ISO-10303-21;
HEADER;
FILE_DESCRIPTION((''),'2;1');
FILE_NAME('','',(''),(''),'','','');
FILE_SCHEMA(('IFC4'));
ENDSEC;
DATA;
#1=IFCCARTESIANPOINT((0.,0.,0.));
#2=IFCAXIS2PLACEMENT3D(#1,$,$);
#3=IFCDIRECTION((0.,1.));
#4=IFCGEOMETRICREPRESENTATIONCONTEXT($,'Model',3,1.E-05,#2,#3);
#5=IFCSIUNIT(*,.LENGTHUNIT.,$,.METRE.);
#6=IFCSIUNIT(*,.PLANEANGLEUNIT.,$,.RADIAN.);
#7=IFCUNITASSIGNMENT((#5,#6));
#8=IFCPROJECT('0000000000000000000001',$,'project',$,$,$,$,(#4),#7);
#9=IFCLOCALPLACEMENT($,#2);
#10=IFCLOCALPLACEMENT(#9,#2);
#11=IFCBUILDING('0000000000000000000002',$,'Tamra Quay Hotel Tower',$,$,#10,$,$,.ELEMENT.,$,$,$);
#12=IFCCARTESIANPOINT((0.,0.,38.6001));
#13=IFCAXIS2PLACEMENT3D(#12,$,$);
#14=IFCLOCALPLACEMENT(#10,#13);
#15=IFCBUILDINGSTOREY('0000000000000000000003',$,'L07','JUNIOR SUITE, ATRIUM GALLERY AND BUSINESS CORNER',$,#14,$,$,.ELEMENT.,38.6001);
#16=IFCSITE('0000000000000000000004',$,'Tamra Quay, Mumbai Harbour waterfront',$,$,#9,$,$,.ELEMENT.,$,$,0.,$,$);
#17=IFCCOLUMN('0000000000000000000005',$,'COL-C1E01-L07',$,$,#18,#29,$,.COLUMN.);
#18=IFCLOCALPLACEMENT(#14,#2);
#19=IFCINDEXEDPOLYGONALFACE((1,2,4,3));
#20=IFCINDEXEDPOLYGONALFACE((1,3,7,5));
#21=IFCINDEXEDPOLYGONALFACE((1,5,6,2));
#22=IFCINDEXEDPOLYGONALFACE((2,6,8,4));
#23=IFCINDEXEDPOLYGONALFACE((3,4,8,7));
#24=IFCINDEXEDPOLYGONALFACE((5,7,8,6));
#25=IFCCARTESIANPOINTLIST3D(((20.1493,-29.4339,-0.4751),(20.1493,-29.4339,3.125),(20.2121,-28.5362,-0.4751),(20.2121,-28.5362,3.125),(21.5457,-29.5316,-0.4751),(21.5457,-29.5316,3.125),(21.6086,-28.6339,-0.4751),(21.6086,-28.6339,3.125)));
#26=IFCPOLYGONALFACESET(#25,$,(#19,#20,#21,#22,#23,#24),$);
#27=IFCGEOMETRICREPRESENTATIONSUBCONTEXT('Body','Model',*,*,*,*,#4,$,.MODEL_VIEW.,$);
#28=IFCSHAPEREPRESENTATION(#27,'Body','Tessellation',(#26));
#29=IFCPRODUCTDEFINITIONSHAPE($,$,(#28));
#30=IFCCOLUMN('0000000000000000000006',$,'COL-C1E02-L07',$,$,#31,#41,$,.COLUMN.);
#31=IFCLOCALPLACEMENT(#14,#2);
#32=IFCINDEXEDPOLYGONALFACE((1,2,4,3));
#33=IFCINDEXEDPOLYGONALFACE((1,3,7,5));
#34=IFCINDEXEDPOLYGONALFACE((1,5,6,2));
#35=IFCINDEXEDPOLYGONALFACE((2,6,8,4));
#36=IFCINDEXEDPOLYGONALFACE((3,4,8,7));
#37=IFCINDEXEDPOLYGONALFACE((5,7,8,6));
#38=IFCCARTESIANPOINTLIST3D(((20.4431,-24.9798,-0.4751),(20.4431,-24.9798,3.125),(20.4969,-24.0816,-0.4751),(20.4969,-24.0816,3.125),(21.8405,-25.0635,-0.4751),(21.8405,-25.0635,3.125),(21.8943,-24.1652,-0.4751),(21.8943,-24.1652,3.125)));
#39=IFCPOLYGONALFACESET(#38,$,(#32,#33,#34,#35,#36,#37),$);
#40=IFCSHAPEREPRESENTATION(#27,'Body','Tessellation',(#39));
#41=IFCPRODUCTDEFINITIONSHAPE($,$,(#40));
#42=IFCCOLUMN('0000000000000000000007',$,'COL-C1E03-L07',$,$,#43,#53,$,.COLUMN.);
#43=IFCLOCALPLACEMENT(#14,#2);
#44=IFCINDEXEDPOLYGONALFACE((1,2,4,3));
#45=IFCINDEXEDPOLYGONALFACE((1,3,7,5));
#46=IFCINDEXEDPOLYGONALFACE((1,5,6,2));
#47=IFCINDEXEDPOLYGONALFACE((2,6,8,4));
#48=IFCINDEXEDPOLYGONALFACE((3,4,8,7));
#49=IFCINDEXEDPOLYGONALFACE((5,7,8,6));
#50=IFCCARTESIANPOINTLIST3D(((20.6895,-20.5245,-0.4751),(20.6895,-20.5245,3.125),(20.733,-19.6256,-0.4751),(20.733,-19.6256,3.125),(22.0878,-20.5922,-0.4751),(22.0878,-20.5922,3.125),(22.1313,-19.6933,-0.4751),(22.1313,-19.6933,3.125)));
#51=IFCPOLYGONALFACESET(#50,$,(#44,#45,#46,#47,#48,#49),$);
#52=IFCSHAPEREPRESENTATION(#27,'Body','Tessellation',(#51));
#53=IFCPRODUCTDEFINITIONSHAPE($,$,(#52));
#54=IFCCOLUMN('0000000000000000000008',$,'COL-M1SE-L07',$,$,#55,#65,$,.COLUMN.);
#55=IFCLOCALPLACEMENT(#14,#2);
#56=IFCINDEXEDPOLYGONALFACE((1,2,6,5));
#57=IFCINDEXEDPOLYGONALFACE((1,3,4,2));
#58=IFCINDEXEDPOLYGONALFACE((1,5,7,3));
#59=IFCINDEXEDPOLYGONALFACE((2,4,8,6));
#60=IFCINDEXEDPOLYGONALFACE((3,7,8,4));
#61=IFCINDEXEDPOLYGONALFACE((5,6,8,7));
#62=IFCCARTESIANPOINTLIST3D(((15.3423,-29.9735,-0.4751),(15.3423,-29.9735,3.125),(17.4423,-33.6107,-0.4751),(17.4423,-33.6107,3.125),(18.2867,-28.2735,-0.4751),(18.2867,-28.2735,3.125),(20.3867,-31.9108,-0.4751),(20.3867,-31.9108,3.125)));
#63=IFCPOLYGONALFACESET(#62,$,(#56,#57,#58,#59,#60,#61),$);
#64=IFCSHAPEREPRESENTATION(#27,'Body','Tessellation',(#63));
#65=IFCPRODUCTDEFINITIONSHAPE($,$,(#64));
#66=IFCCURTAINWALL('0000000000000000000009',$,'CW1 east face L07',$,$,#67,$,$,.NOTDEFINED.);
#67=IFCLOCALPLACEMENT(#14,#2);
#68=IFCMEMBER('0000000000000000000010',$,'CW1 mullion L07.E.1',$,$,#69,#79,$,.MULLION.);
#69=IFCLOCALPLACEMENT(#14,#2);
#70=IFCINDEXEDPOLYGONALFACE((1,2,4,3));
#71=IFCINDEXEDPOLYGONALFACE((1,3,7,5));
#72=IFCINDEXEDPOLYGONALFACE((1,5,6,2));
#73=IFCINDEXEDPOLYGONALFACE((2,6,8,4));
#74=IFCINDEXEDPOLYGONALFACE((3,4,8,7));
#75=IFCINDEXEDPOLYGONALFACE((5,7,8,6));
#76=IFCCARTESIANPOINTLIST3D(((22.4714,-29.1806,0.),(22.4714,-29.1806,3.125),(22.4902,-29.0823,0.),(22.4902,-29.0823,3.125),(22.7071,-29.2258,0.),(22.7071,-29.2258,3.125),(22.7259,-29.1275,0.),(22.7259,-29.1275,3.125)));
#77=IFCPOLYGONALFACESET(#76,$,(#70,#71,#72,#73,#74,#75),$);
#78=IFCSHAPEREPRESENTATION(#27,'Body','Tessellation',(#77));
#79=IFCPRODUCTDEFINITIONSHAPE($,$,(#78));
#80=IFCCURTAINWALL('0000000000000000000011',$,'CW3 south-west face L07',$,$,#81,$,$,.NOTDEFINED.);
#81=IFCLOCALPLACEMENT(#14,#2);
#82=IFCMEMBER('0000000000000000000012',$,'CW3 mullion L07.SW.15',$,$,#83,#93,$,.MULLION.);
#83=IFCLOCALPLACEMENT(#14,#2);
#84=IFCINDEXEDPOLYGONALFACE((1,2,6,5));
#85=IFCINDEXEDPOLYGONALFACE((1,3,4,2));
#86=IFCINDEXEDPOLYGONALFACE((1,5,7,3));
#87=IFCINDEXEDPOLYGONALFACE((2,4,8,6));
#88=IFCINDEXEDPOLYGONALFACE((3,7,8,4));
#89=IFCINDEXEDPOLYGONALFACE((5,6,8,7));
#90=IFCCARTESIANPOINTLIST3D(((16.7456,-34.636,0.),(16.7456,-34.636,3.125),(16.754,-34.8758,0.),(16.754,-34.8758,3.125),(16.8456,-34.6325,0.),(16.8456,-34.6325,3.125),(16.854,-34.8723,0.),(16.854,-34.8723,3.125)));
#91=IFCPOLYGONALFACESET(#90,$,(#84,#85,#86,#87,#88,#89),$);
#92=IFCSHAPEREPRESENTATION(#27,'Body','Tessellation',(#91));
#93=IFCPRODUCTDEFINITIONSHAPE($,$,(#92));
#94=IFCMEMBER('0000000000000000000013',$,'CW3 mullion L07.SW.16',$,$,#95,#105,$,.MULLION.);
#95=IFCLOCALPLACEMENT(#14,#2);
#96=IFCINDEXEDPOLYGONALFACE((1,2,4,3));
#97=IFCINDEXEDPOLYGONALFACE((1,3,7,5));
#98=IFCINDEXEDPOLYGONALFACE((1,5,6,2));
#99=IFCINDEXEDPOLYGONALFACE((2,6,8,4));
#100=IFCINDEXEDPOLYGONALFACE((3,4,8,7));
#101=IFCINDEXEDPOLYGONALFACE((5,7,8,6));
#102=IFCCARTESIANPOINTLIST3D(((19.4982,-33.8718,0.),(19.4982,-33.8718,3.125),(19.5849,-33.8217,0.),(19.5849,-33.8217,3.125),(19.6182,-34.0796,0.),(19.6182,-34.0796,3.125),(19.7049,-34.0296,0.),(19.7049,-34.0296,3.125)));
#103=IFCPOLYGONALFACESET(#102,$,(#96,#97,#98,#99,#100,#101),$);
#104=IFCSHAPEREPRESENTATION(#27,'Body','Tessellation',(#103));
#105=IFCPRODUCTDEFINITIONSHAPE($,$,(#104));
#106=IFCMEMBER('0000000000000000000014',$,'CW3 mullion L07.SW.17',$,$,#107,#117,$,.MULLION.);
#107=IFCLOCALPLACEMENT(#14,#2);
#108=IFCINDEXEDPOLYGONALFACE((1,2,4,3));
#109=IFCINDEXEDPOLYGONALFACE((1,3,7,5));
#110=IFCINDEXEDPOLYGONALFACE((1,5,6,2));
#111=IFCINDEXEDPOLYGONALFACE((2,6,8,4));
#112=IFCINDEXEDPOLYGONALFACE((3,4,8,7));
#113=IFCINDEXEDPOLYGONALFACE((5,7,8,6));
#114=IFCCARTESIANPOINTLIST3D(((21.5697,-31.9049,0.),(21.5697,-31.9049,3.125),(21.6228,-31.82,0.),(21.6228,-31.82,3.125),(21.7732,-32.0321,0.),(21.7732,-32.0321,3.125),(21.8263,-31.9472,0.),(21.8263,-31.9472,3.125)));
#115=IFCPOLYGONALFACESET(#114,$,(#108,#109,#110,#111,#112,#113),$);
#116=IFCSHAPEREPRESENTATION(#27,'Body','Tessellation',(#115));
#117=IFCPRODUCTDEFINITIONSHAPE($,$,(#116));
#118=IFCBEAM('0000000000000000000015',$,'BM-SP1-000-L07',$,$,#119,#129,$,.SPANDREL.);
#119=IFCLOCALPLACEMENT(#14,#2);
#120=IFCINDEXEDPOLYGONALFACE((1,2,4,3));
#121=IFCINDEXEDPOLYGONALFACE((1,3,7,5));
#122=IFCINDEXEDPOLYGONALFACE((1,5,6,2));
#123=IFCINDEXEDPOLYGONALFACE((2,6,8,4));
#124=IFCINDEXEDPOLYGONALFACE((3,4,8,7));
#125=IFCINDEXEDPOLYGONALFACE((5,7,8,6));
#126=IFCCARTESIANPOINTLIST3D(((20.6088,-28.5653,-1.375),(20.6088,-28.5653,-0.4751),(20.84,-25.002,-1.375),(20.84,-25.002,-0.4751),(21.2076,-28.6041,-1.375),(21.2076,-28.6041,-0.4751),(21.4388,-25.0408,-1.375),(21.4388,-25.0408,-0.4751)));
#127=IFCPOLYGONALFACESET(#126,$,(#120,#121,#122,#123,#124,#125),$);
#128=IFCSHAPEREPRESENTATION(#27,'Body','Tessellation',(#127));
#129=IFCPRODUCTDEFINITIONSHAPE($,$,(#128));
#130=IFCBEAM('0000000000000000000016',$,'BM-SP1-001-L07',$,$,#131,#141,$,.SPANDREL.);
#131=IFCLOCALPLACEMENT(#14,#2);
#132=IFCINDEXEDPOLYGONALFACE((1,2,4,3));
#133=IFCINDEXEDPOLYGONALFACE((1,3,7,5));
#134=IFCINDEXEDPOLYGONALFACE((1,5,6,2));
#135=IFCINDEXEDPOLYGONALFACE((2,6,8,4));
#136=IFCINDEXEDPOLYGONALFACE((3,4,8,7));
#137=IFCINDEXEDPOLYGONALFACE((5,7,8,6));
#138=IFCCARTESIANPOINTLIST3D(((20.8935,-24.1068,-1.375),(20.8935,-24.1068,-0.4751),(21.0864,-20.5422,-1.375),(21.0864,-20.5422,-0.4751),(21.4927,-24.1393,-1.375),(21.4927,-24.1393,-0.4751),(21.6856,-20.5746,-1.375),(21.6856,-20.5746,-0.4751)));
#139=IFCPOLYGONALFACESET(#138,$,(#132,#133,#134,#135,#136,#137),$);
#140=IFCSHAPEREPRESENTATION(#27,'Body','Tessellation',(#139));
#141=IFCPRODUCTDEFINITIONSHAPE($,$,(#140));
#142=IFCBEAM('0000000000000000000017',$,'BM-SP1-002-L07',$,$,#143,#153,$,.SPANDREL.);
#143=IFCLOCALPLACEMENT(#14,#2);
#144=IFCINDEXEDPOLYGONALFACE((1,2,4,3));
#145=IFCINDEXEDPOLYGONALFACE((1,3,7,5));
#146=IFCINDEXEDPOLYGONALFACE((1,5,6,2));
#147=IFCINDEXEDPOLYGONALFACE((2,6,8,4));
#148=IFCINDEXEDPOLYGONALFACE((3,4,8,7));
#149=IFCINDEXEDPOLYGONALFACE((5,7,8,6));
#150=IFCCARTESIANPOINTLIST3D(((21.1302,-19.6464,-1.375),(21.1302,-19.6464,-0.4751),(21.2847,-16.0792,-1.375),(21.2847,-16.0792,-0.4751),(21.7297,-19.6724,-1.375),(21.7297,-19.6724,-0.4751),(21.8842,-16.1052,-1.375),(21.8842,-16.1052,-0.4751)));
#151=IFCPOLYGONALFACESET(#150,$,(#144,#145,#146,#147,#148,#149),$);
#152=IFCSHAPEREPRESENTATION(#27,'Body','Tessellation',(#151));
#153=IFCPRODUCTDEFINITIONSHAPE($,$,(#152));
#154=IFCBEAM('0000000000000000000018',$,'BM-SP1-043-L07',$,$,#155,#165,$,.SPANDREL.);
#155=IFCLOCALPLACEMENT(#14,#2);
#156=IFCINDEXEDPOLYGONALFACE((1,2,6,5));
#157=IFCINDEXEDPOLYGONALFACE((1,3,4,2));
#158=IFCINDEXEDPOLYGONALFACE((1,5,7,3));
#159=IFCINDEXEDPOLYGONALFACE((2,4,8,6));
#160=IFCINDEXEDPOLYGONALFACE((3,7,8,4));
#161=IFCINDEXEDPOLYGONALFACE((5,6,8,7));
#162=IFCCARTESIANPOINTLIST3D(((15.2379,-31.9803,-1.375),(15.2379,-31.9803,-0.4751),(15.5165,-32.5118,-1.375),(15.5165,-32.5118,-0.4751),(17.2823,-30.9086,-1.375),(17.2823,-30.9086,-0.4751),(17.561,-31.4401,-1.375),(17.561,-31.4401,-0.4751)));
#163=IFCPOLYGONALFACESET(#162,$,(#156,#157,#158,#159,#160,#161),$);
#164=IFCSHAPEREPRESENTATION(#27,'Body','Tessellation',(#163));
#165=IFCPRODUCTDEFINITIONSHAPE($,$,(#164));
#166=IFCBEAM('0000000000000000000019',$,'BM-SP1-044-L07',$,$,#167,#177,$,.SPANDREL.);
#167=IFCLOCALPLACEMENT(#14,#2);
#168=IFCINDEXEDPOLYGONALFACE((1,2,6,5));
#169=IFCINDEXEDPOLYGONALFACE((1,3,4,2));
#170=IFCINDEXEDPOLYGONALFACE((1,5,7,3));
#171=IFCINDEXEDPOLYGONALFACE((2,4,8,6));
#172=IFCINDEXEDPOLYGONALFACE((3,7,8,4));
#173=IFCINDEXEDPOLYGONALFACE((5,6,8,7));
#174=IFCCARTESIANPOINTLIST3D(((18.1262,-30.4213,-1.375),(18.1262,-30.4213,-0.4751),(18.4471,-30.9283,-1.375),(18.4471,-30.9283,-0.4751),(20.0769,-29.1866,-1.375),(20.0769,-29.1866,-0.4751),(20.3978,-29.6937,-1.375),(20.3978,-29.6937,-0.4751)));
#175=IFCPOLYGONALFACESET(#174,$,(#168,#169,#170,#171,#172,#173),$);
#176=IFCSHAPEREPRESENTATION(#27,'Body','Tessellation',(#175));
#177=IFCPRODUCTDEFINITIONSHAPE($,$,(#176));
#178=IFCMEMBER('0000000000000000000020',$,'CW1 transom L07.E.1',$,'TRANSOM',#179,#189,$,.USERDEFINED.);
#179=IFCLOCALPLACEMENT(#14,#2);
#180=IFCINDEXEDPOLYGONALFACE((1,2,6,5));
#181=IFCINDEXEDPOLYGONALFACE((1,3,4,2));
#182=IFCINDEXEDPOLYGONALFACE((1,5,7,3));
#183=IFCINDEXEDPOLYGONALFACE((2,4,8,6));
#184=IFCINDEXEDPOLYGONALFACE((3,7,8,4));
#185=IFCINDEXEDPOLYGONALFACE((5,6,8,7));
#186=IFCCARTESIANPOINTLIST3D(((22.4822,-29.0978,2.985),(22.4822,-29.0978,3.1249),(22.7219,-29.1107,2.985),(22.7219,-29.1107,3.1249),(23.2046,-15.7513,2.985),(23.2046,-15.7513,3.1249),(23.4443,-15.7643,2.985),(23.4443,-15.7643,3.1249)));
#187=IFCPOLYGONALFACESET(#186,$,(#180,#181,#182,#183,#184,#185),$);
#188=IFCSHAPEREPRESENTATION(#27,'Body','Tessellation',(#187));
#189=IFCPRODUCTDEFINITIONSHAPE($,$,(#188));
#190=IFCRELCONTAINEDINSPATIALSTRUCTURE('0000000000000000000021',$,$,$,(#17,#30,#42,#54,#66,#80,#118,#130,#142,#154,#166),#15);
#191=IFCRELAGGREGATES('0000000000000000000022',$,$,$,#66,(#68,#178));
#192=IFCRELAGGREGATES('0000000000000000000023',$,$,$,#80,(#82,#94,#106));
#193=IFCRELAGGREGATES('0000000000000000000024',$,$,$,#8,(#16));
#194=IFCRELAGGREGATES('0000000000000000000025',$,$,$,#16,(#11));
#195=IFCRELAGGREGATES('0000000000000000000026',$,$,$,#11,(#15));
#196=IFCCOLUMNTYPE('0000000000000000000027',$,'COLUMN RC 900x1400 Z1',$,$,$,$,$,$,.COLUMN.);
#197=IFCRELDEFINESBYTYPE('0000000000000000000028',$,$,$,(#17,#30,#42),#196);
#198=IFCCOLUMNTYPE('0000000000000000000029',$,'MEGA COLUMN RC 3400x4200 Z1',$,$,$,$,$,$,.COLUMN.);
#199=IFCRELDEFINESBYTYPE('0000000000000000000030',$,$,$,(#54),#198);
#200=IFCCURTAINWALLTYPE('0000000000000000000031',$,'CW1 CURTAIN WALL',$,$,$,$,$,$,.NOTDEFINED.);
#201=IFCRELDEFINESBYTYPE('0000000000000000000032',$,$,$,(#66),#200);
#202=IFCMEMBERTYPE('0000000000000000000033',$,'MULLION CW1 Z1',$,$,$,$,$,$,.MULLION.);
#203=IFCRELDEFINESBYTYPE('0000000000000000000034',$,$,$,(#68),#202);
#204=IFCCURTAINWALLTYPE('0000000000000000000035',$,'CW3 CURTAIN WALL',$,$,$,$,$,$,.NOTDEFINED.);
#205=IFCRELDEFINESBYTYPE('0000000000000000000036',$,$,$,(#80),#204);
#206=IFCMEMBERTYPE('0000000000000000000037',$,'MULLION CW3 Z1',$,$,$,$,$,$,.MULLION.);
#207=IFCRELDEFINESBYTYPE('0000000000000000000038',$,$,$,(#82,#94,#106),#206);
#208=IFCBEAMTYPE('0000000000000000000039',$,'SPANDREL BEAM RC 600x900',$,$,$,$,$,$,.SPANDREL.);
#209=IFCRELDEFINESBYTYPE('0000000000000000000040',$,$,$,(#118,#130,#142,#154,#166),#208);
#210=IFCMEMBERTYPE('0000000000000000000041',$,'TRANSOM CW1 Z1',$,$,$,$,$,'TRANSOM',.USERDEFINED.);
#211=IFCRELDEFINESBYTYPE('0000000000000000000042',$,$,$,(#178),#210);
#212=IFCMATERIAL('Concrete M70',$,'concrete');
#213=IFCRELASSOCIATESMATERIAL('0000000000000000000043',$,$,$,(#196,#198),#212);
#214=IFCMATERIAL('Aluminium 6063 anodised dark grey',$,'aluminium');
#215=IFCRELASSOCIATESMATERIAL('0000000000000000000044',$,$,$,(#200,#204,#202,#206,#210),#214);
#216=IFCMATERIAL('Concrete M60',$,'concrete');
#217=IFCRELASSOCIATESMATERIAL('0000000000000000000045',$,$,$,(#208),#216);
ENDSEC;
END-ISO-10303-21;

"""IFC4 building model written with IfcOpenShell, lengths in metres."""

from ifc_helpers import new_model, si_unit, direction, frame, origin, origin_2d, place, context, subcontext, project, spatial, rectangle, extrude, material, material_profile, profile_set, type_object, element, aggregate, save


model = new_model("IFC4")

# Units and contexts
model_context = context("Model", 3, precision=1e-05, world=origin(), true_north=direction((0.0, 1.0)))
body_context = subcontext(model_context, "Body", "Model", "MODEL_VIEW")
ifc_project = project(units=[si_unit("LENGTHUNIT", "METRE"), si_unit("PLANEANGLEUNIT", "RADIAN")], contexts=[model_context])

# Site, building, storey
site_placement = place(None, origin())
site = spatial("IfcSite", under=ifc_project, at=site_placement, Name="Tamra Quay, Mumbai Harbour waterfront", CompositionType="ELEMENT", RefElevation=0.0)
building_placement = place(site_placement, origin())
building = spatial("IfcBuilding", under=site, at=building_placement, Name="Tamra Quay Hotel Tower", CompositionType="ELEMENT")
storey_placement = place(building_placement, frame((0.0, 0.0, 38.6001)))
storey = spatial("IfcBuildingStorey", under=building, at=storey_placement, Name="L07", Description="JUNIOR SUITE, ATRIUM GALLERY AND BUSINESS CORNER", CompositionType="ELEMENT", Elevation=38.6001)

# Columns
ifc_material_1 = material(Name="Concrete M70", Category="concrete")
ifc_material_profile_1 = material_profile(ifc_material_1, rectangle(XDim=1.3999, YDim=0.8999, at=origin_2d()), Name="COLUMN RC 900x1400 Z1")
ifc_profile_set_1 = profile_set([ifc_material_profile_1], Name="Concrete M70")
column_type_1 = type_object("IfcColumnType", Name="COLUMN RC 900x1400 Z1", PredefinedType="COLUMN", material=ifc_profile_set_1)
for number, where, z_axis, x_axis, name in (
    (1, (20.8789, -29.0339, -0.4751), (0.0, 0.0, 1.0), (-0.997562, 0.06979, 0.0), "COL-C1E01-L07"),
    (2, (21.1687, -24.5725, -0.4751), (0.0, 0.0, 1.0), (-0.998214, 0.059733, 0.0), "COL-C1E02-L07"),
    (3, (21.4104, -20.1089, -0.4751), (0.0, 0.0, 1.0), (-0.998831, 0.048344, 0.0), "COL-C1E03-L07"),
):
    element("IfcColumn", number, at=place(storey_placement, frame(where, z_axis=z_axis, x_axis=x_axis)), inside=storey, type_object=column_type_1, Name=name, PredefinedType="COLUMN", context=body_context, shape_type="SweptSolid", body=[
        extrude(rectangle(XDim=1.3999, YDim=0.8999, at=origin_2d()), origin(), (0.0, 0.0, 1.0), 3.6001),
    ])
ifc_material_profile_2 = material_profile(ifc_material_1, rectangle(XDim=4.2, YDim=3.3999, at=origin_2d()), Name="MEGA COLUMN RC 3400x4200 Z1")
ifc_profile_set_2 = profile_set([ifc_material_profile_2], Name="Concrete M70")
column_type_2 = type_object("IfcColumnType", Name="MEGA COLUMN RC 3400x4200 Z1", PredefinedType="COLUMN", material=ifc_profile_set_2)
column_placement = place(storey_placement, frame((17.8645, -30.9421, -0.4751), z_axis=(0.0, 0.0, 1.0), x_axis=(-0.5, 0.866025, 0.0)))
element("IfcColumn", 4, at=column_placement, inside=storey, type_object=column_type_2, Name="COL-M1SE-L07", PredefinedType="COLUMN", context=body_context, shape_type="SweptSolid", body=[
    extrude(rectangle(XDim=4.2, YDim=3.3999, at=origin_2d()), origin(), (0.0, 0.0, 1.0), 3.6001),
])

# Curtain wall, member
ifc_material_2 = material(Name="Aluminium 6063 anodised dark grey", Category="aluminium")
curtain_wall_type_1 = type_object("IfcCurtainWallType", Name="CW1 CURTAIN WALL", PredefinedType="NOTDEFINED", material=ifc_material_2)
curtain_wall_1_placement = place(storey_placement, origin())
curtain_wall_1 = element("IfcCurtainWall", 5, at=curtain_wall_1_placement, inside=storey, type_object=curtain_wall_type_1, Name="CW1 east face L07", PredefinedType="NOTDEFINED")
ifc_material_profile_3 = material_profile(ifc_material_2, rectangle(XDim=0.24, YDim=0.1001, at=origin_2d()), Name="MULLION 100X240")
ifc_profile_set_3 = profile_set([ifc_material_profile_3], Name="Aluminium 6063 anodised dark grey")
member_type_1 = type_object("IfcMemberType", Name="MULLION CW1 Z1", PredefinedType="MULLION", material=ifc_profile_set_3)
member_1_placement = place(storey_placement, frame((22.5986, -29.1541, 0.0), z_axis=(0.0, 0.0, 1.0), x_axis=(0.982095, -0.188389, 0.0)))
member_1 = element("IfcMember", 6, at=member_1_placement, type_object=member_type_1, Name="CW1 mullion L07.E.1", PredefinedType="MULLION", context=body_context, shape_type="SweptSolid", body=[
    extrude(rectangle(XDim=0.24, YDim=0.1001, at=origin_2d()), origin(), (0.0, 0.0, 1.0), 3.125),
])

# Curtain wall, members
curtain_wall_type_2 = type_object("IfcCurtainWallType", Name="CW3 CURTAIN WALL", PredefinedType="NOTDEFINED", material=ifc_material_2)
curtain_wall_2_placement = place(storey_placement, origin())
curtain_wall_2 = element("IfcCurtainWall", 7, at=curtain_wall_2_placement, inside=storey, type_object=curtain_wall_type_2, Name="CW3 south-west face L07", PredefinedType="NOTDEFINED")
ifc_material_profile_4 = material_profile(ifc_material_2, rectangle(XDim=0.24, YDim=0.1001, at=origin_2d()), Name="MULLION 100X240")
ifc_profile_set_4 = profile_set([ifc_material_profile_4], Name="Aluminium 6063 anodised dark grey")
member_type_2 = type_object("IfcMemberType", Name="MULLION CW3 Z1", PredefinedType="MULLION", material=ifc_profile_set_4)
member_2_placement = place(storey_placement, frame((16.7998, -34.7542, 0.0), z_axis=(0.0, 0.0, 1.0), x_axis=(0.034916, -0.99939, 0.0)))
member_2 = element("IfcMember", 8, at=member_2_placement, type_object=member_type_2, Name="CW3 mullion L07.SW.15", PredefinedType="MULLION", context=body_context, shape_type="SweptSolid", body=[
    extrude(rectangle(XDim=0.24, YDim=0.1001, at=origin_2d()), origin(), (0.0, 0.0, 1.0), 3.125),
])
member_3_placement = place(storey_placement, frame((19.6016, -33.9507, 0.0), z_axis=(0.0, 0.0, 1.0), x_axis=(0.5, -0.866025, 0.0)))
member_3 = element("IfcMember", 9, at=member_3_placement, type_object=member_type_2, Name="CW3 mullion L07.SW.16", PredefinedType="MULLION", context=body_context, shape_type="SweptSolid", body=[
    extrude(rectangle(XDim=0.24, YDim=0.1001, at=origin_2d()), origin(), (0.0, 0.0, 1.0), 3.125),
])
member_4_placement = place(storey_placement, frame((21.698, -31.926, 0.0), z_axis=(0.0, 0.0, 1.0), x_axis=(0.848039, -0.529933, 0.0)))
member_4 = element("IfcMember", 10, at=member_4_placement, type_object=member_type_2, Name="CW3 mullion L07.SW.17", PredefinedType="MULLION", context=body_context, shape_type="SweptSolid", body=[
    extrude(rectangle(XDim=0.24, YDim=0.1001, at=origin_2d()), origin(), (0.0, 0.0, 1.0), 3.125),
])

# Beams
ifc_material_3 = material(Name="Concrete M60", Category="concrete")
ifc_material_profile_5 = material_profile(ifc_material_3, rectangle(XDim=0.6001, YDim=0.8999, at=origin_2d()), Name="SPANDREL BEAM RC 600x900")
ifc_profile_set_5 = profile_set([ifc_material_profile_5], Name="Concrete M60")
beam_type = type_object("IfcBeamType", Name="SPANDREL BEAM RC 600x900", PredefinedType="SPANDREL", material=ifc_profile_set_5)
beam_1_placement = place(storey_placement, frame((20.9082, -28.5847, -0.925), z_axis=(0.064749, 0.997902, 0.0), x_axis=(-0.997902, 0.064749, 0.0)))
element("IfcBeam", 11, at=beam_1_placement, inside=storey, type_object=beam_type, Name="BM-SP1-000-L07", PredefinedType="SPANDREL", context=body_context, shape_type="SweptSolid", body=[
    extrude(rectangle(XDim=0.6001, YDim=0.8999, at=origin_2d()), origin(), (0.0, 0.0, 1.0), 3.5708),
])
beam_2_placement = place(storey_placement, frame((21.1931, -24.123, -0.925), z_axis=(0.054027, 0.998539, 0.0), x_axis=(-0.998539, 0.054027, 0.0)))
element("IfcBeam", 12, at=beam_2_placement, inside=storey, type_object=beam_type, Name="BM-SP1-001-L07", PredefinedType="SPANDREL", context=body_context, shape_type="SweptSolid", body=[
    extrude(rectangle(XDim=0.6001, YDim=0.8999, at=origin_2d()), origin(), (0.0, 0.0, 1.0), 3.5698),
])
beam_3_placement = place(storey_placement, frame((21.4299, -19.6594, -0.925), z_axis=(0.043283, 0.999063, 0.0), x_axis=(-0.999063, 0.043283, 0.0)))
element("IfcBeam", 13, at=beam_3_placement, inside=storey, type_object=beam_type, Name="BM-SP1-002-L07", PredefinedType="SPANDREL", context=body_context, shape_type="SweptSolid", body=[
    extrude(rectangle(XDim=0.6001, YDim=0.8999, at=origin_2d()), origin(), (0.0, 0.0, 1.0), 3.5706),
])
beam_4_placement = place(storey_placement, frame((15.3772, -32.2461, -0.925), z_axis=(0.885674, 0.464307, 0.0), x_axis=(-0.464307, 0.885674, 0.0)))
element("IfcBeam", 14, at=beam_4_placement, inside=storey, type_object=beam_type, Name="BM-SP1-043-L07", PredefinedType="SPANDREL", context=body_context, shape_type="SweptSolid", body=[
    extrude(rectangle(XDim=0.6001, YDim=0.8999, at=origin_2d()), origin(), (0.0, 0.0, 1.0), 2.3083),
])
beam_5_placement = place(storey_placement, frame((18.2866, -30.6748, -0.925), z_axis=(0.844978, 0.5348, 0.0), x_axis=(-0.5348, 0.844978, 0.0)))
element("IfcBeam", 15, at=beam_5_placement, inside=storey, type_object=beam_type, Name="BM-SP1-044-L07", PredefinedType="SPANDREL", context=body_context, shape_type="SweptSolid", body=[
    extrude(rectangle(XDim=0.6001, YDim=0.8999, at=origin_2d()), origin(), (0.0, 0.0, 1.0), 2.3086),
])

# Member
ifc_material_profile_6 = material_profile(ifc_material_2, rectangle(XDim=0.24, YDim=0.1399, at=origin_2d()), Name="TRANSOM 240X140")
ifc_profile_set_6 = profile_set([ifc_material_profile_6], Name="Aluminium 6063 anodised dark grey")
member_type_3 = type_object("IfcMemberType", Name="TRANSOM CW1 Z1", ElementType="TRANSOM", PredefinedType="USERDEFINED", material=ifc_profile_set_6)
member_5_placement = place(storey_placement, frame((22.6021, -29.1042, 3.0549), z_axis=(0.054049, 0.998538, 0.0), x_axis=(-0.998538, 0.054049, 0.0)))
member_5 = element("IfcMember", 16, at=member_5_placement, type_object=member_type_3, Name="CW1 transom L07.E.1", ObjectType="TRANSOM", PredefinedType="USERDEFINED", context=body_context, shape_type="SweptSolid", body=[
    extrude(rectangle(XDim=0.24, YDim=0.1399, at=origin_2d()), origin(), (0.0, 0.0, 1.0), 13.366),
])

aggregate(curtain_wall_1, [member_1, member_5])
aggregate(curtain_wall_2, [member_2, member_3, member_4])

save(model, "model.ifc")
